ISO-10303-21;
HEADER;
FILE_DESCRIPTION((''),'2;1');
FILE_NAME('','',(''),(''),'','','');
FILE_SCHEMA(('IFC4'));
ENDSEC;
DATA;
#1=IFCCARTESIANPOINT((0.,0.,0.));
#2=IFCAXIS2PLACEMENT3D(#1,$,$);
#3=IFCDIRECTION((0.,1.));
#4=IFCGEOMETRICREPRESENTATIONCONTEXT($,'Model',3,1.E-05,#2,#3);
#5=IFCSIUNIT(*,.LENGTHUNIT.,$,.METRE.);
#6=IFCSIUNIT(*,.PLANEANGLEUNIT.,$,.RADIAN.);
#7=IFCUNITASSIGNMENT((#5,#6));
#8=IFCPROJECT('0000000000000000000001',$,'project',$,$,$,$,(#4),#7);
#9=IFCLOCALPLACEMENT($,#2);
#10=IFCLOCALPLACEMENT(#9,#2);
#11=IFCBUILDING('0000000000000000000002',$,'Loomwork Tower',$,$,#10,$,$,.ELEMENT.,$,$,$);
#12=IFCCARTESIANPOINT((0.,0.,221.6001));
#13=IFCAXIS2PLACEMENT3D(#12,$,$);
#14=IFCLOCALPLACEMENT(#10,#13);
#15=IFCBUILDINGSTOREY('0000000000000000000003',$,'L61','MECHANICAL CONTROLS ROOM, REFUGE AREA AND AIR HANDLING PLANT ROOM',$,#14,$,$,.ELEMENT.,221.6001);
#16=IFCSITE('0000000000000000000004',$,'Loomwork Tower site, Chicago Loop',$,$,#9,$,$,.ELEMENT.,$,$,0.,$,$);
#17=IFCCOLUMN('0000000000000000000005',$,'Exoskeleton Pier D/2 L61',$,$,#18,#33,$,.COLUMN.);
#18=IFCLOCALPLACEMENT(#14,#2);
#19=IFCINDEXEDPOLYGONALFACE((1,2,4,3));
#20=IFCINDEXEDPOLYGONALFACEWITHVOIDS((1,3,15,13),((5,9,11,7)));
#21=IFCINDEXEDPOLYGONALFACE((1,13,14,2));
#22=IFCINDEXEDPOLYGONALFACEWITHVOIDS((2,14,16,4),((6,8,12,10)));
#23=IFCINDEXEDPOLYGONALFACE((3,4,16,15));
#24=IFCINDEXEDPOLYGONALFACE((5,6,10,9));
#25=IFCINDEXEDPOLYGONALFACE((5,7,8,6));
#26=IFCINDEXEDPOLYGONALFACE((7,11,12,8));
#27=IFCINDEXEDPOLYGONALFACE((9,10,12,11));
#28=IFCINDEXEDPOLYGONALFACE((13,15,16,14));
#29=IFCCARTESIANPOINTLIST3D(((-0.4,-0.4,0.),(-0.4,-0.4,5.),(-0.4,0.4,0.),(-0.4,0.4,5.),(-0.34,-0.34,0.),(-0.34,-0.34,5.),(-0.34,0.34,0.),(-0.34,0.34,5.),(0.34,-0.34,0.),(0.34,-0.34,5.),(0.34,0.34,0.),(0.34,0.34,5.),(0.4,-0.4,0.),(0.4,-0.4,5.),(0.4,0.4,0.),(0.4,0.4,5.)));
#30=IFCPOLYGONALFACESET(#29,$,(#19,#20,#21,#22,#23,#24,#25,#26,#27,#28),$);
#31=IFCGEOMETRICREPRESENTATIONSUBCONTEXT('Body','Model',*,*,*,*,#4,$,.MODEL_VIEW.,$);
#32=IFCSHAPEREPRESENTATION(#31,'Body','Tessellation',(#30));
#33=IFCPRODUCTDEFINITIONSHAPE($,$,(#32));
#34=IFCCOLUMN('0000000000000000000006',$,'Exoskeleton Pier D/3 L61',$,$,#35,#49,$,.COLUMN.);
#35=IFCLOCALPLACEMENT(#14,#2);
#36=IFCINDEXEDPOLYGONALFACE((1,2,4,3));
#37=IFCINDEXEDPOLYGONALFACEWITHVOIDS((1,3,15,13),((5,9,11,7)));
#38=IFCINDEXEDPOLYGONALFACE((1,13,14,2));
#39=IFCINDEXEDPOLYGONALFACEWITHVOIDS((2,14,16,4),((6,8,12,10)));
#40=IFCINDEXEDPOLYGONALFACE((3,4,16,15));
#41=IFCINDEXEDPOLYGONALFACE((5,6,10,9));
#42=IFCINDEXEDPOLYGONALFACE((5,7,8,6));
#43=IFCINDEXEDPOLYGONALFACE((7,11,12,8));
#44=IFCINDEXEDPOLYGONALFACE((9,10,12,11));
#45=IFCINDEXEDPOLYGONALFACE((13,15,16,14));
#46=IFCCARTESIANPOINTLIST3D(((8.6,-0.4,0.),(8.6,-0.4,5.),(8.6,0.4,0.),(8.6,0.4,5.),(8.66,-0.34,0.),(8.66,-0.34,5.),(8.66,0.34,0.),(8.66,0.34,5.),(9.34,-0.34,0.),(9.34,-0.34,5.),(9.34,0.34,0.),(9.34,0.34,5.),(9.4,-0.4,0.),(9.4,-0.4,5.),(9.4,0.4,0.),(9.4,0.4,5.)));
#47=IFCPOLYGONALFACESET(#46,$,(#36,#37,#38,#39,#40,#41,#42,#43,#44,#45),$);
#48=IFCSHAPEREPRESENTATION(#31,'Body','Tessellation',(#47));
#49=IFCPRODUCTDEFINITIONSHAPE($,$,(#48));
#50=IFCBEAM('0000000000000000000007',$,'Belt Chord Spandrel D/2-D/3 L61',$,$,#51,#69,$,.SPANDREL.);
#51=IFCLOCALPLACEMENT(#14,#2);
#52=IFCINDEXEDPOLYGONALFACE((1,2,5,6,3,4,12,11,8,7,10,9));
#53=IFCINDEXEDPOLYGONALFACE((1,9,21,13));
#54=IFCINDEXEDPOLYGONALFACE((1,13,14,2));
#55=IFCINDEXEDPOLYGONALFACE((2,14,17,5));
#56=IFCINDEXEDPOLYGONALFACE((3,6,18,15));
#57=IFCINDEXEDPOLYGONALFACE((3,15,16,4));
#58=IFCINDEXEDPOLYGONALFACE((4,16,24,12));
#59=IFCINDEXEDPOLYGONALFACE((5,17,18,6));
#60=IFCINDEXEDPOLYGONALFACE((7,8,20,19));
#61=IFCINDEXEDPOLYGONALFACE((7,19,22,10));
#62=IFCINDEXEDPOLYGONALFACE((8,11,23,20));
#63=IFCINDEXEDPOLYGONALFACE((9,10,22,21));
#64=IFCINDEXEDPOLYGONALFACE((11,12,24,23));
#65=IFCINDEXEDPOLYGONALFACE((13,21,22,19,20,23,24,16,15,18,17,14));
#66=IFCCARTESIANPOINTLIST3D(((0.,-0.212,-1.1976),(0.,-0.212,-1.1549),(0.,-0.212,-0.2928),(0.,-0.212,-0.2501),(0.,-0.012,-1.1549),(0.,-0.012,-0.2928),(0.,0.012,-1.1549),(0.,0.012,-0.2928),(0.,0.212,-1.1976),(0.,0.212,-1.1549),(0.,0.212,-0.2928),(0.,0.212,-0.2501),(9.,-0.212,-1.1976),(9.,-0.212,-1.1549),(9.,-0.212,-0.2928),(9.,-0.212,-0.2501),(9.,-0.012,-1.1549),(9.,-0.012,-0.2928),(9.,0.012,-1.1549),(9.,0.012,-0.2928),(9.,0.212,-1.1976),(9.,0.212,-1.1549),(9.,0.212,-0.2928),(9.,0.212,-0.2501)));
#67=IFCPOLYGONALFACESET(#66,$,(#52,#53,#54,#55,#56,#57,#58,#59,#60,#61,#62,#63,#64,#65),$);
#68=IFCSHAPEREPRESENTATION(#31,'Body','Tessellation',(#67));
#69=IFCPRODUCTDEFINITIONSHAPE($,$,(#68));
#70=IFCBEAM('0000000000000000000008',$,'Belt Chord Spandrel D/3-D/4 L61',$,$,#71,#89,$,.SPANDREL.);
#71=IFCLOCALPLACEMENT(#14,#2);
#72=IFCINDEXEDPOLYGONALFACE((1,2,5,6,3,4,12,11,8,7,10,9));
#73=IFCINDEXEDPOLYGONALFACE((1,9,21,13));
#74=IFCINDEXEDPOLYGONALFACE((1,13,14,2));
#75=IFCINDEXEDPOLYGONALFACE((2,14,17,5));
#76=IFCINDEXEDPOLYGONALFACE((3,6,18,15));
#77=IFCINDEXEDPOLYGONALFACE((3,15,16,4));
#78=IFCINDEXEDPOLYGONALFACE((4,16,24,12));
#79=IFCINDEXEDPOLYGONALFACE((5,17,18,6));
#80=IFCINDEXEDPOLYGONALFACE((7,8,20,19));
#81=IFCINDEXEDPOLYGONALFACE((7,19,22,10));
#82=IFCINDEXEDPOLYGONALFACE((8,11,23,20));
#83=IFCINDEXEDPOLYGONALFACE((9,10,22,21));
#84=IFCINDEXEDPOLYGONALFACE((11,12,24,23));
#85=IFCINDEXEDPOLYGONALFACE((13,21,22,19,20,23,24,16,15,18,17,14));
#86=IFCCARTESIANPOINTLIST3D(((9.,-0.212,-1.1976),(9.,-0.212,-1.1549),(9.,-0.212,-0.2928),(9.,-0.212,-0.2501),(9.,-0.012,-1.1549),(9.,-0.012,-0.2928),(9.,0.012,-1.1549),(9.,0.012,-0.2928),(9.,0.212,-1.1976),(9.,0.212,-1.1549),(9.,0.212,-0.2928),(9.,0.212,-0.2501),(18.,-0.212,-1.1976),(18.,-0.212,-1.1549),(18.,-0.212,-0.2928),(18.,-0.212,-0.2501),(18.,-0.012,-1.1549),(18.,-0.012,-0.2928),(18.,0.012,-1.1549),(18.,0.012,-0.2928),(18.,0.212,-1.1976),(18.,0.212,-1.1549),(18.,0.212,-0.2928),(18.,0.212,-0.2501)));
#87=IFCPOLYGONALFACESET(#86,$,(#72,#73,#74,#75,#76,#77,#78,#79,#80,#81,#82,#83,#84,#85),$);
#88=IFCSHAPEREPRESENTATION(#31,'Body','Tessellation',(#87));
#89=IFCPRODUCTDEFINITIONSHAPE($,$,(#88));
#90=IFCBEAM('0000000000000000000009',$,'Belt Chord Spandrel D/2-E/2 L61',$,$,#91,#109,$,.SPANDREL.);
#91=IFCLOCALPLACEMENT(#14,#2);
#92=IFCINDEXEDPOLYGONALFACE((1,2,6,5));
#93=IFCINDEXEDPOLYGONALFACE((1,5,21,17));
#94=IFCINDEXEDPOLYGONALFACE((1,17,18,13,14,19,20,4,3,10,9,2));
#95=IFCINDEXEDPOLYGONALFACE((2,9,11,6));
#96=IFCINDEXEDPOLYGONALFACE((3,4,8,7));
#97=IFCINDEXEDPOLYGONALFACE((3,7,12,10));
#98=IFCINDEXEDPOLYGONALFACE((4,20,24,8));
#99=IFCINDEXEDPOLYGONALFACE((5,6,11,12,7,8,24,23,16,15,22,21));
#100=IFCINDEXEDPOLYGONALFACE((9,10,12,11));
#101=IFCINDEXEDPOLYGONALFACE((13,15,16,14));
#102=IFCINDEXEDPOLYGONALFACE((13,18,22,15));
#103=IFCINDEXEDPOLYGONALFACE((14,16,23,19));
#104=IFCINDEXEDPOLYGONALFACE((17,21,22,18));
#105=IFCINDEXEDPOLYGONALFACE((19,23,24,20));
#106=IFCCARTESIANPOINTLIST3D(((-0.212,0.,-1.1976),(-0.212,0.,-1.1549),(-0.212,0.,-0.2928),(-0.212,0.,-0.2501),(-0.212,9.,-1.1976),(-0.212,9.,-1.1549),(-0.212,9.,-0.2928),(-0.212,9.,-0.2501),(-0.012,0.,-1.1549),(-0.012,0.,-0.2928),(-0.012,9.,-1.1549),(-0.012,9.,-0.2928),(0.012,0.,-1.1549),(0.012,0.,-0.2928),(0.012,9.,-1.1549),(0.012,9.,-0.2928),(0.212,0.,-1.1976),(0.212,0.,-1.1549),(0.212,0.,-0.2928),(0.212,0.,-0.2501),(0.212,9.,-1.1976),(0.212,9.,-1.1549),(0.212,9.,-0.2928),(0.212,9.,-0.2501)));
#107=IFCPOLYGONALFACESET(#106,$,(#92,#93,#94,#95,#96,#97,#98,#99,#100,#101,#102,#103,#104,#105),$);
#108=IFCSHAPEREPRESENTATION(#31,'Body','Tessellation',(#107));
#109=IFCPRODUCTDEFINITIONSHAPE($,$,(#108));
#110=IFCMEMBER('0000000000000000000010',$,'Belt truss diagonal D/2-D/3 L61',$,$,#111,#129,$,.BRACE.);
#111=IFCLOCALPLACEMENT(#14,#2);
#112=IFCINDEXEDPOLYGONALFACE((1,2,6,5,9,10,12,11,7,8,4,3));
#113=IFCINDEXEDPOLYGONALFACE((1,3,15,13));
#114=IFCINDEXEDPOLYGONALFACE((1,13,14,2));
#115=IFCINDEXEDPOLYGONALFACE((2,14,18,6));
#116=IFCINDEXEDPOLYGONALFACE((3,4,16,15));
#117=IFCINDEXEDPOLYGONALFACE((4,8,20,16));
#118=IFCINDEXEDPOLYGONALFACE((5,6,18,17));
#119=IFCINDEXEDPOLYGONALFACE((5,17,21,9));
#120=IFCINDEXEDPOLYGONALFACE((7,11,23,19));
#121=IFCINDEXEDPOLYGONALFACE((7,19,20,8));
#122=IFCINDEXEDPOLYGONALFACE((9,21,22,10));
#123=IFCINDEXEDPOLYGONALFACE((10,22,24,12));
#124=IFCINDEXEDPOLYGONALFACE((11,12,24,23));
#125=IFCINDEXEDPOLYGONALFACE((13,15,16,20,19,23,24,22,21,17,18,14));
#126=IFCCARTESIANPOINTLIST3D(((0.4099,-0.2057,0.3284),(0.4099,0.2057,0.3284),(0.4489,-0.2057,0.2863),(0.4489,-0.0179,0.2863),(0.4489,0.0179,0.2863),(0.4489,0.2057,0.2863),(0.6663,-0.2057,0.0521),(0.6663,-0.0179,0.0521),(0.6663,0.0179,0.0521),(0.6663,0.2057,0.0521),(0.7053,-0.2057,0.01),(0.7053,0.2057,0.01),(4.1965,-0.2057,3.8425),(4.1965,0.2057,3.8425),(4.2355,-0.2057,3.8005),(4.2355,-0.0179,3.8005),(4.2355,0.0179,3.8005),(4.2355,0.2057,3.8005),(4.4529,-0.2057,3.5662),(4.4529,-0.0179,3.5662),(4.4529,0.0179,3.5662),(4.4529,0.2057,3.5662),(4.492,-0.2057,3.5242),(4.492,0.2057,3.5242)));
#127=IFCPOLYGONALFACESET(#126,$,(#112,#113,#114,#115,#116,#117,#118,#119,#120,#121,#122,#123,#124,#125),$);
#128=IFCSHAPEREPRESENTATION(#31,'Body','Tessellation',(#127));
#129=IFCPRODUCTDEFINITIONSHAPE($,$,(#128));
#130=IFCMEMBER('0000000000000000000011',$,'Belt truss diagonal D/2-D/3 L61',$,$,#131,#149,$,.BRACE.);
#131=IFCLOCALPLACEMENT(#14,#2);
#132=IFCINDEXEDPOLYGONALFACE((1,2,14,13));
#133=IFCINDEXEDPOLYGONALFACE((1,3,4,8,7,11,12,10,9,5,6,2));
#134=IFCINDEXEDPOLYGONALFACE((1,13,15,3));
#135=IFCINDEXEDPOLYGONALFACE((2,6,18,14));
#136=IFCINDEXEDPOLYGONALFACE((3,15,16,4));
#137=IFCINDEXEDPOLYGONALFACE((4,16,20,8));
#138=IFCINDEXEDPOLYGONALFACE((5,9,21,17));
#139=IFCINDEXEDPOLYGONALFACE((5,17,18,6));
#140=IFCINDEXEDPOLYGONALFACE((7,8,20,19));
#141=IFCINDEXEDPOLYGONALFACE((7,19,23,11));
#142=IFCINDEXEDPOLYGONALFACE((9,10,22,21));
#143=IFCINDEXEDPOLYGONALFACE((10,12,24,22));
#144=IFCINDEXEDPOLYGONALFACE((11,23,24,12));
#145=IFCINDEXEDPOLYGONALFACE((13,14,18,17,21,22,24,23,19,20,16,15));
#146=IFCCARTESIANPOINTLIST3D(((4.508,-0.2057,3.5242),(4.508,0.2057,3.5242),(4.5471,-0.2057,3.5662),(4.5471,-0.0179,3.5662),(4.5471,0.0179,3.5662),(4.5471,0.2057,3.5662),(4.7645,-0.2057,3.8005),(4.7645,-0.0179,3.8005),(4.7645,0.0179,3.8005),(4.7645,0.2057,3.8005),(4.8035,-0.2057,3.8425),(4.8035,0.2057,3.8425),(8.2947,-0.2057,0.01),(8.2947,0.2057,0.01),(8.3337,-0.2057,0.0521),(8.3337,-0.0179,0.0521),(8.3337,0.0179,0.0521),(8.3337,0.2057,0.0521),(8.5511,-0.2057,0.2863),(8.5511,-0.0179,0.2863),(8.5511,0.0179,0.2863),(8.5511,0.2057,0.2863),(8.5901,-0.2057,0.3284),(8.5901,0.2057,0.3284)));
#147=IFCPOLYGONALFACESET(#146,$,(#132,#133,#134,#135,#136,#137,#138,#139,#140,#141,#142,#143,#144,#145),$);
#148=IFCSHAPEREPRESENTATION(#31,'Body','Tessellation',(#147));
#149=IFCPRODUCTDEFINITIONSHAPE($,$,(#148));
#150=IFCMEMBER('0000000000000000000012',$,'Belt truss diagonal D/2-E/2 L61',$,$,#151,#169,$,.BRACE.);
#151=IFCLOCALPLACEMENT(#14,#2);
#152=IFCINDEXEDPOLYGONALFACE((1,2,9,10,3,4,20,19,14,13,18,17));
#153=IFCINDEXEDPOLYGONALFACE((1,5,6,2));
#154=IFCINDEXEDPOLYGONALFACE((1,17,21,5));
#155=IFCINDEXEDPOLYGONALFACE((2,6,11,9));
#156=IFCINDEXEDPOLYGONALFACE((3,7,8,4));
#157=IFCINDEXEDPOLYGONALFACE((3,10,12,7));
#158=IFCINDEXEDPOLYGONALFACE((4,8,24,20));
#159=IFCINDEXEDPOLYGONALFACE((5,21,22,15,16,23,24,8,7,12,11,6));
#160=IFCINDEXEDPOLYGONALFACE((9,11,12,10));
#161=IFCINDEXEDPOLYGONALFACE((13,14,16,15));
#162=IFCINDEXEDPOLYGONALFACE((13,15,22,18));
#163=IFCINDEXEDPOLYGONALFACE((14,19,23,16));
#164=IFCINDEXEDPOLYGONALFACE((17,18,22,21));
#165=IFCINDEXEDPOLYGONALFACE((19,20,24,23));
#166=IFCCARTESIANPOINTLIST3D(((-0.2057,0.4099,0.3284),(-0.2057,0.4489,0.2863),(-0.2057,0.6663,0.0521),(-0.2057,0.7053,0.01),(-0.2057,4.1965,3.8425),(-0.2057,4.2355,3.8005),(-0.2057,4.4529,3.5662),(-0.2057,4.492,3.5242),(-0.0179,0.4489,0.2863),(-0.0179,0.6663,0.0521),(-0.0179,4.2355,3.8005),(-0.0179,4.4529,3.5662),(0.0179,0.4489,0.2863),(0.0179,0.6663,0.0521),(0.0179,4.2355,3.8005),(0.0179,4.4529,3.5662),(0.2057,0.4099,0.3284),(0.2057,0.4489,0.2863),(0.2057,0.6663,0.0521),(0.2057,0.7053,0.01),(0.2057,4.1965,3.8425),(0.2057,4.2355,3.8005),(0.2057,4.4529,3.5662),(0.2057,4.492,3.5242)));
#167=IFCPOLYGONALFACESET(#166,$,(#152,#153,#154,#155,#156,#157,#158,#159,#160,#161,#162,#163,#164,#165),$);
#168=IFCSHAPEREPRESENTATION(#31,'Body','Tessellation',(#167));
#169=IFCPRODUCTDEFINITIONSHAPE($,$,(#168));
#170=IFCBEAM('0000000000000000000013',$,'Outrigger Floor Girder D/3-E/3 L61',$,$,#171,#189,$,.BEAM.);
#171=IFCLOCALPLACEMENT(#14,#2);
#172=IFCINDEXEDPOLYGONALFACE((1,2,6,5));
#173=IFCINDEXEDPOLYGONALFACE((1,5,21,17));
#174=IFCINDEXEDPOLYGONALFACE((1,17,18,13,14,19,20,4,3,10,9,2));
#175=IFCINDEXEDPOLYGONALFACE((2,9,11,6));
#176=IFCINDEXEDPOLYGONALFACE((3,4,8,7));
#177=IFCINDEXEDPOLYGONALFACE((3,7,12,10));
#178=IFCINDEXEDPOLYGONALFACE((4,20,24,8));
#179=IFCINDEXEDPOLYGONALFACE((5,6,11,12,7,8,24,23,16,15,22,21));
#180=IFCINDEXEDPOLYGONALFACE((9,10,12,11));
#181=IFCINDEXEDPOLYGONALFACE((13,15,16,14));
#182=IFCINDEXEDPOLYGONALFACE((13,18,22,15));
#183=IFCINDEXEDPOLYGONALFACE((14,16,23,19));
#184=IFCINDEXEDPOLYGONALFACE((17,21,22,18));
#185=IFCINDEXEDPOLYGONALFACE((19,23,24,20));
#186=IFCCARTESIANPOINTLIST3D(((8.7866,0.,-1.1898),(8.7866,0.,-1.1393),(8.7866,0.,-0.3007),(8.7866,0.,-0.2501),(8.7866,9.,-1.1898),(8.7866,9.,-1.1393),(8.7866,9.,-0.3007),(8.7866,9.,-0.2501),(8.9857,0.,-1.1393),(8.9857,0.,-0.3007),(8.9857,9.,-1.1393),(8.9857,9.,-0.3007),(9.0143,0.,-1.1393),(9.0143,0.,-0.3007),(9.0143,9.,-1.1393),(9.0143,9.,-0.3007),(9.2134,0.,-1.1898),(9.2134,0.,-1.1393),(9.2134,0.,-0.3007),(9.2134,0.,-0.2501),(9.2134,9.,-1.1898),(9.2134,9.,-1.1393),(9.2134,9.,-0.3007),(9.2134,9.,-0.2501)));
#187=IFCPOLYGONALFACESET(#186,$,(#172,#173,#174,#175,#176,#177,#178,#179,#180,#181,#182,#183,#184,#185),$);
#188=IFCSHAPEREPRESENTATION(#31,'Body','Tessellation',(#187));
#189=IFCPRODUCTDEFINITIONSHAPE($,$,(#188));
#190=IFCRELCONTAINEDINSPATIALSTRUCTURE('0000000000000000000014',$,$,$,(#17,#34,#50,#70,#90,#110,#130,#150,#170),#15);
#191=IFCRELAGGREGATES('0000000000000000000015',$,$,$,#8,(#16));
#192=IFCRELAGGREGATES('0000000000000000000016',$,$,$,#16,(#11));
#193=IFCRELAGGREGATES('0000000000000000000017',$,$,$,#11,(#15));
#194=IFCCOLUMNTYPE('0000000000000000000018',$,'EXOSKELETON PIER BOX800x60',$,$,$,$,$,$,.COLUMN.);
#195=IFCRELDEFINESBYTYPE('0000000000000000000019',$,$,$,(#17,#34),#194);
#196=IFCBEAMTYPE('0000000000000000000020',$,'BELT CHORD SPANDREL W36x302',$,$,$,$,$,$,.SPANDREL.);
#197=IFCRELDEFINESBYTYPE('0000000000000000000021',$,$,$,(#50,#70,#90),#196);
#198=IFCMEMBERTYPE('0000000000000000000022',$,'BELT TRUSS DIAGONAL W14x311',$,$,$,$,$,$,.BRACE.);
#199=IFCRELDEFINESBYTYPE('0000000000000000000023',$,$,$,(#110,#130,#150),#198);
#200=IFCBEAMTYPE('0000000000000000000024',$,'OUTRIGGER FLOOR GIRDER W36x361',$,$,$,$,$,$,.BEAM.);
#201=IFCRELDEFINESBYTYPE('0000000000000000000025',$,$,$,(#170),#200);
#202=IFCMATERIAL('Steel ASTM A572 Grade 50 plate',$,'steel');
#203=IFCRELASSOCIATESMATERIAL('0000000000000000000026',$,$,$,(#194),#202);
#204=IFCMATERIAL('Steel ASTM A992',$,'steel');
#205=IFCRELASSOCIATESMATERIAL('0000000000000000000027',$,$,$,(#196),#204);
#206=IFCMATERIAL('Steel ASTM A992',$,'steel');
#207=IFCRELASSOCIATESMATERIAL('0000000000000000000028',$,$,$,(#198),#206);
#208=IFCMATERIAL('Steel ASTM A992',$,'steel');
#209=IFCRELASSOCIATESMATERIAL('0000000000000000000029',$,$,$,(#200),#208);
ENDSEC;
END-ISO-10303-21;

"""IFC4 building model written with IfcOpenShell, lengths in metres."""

from ifc_helpers import new_model, si_unit, direction, frame, origin, origin_2d, place, context, subcontext, project, spatial, hollow_rectangle, i_section, extrude, material, material_profile, profile_set, type_object, element, save


model = new_model("IFC4")

# Units and contexts
model_context = context("Model", 3, precision=1e-05, world=origin(), true_north=direction((0.0, 1.0)))
body_context = subcontext(model_context, "Body", "Model", "MODEL_VIEW")
ifc_project = project(units=[si_unit("LENGTHUNIT", "METRE"), si_unit("PLANEANGLEUNIT", "RADIAN")], contexts=[model_context])

# Site, building, storey
site_placement = place(None, origin())
site = spatial("IfcSite", under=ifc_project, at=site_placement, Name="Loomwork Tower site, Chicago Loop", CompositionType="ELEMENT", RefElevation=0.0)
building_placement = place(site_placement, origin())
building = spatial("IfcBuilding", under=site, at=building_placement, Name="Loomwork Tower", CompositionType="ELEMENT")
storey_placement = place(building_placement, frame((0.0, 0.0, 221.6001)))
storey = spatial("IfcBuildingStorey", under=building, at=storey_placement, Name="L61", Description="MECHANICAL CONTROLS ROOM, REFUGE AREA AND AIR HANDLING PLANT ROOM", CompositionType="ELEMENT", Elevation=221.6001)

# Columns
ifc_material_1 = material(Name="Steel ASTM A572 Grade 50 plate", Category="steel")
ifc_material_profile_1 = material_profile(ifc_material_1, hollow_rectangle(XDim=0.8, YDim=0.8, WallThickness=0.0601, at=origin_2d()), Name="BOX800x60")
ifc_profile_set_1 = profile_set([ifc_material_profile_1], Name="Steel ASTM A572 Grade 50 plate")
column_type = type_object("IfcColumnType", Name="EXOSKELETON PIER BOX800x60", PredefinedType="COLUMN", material=ifc_profile_set_1)
for number, where, z_axis, x_axis, name in (
    (1, (0.0, 0.0, 0.0), (0.0, 0.0, 1.0), (1.0, 0.0, 0.0), "Exoskeleton Pier D/2 L61"),
    (2, (9.0, 0.0, 0.0), (0.0, 0.0, 1.0), (1.0, 0.0, 0.0), "Exoskeleton Pier D/3 L61"),
):
    element("IfcColumn", number, at=place(storey_placement, frame(where, z_axis=z_axis, x_axis=x_axis)), inside=storey, type_object=column_type, Name=name, PredefinedType="COLUMN", context=body_context, shape_type="SweptSolid", body=[
        extrude(hollow_rectangle(XDim=0.8, YDim=0.8, WallThickness=0.0601, at=origin_2d()), origin(), (0.0, 0.0, 1.0), 5.0),
    ])

# Beams
ifc_material_2 = material(Name="Steel ASTM A992", Category="steel")
ifc_material_profile_2 = material_profile(ifc_material_2, i_section(OverallWidth=0.4241, OverallDepth=0.9475, WebThickness=0.0239, FlangeThickness=0.0427, at=origin_2d()), Name="W36x302")
ifc_profile_set_2 = profile_set([ifc_material_profile_2], Name="Steel ASTM A992")
beam_type_1 = type_object("IfcBeamType", Name="BELT CHORD SPANDREL W36x302", PredefinedType="SPANDREL", material=ifc_profile_set_2)
for number, where, z_axis, x_axis, name in (
    (3, (0.0, 0.0, -0.7239), (1.0, 0.0, 0.0), (0.0, 1.0, 0.0), "Belt Chord Spandrel D/2-D/3 L61"),
    (4, (9.0, 0.0, -0.7239), (1.0, 0.0, 0.0), (0.0, 1.0, 0.0), "Belt Chord Spandrel D/3-D/4 L61"),
    (5, (0.0, 0.0, -0.7239), (0.0, 1.0, 0.0), (-1.0, 0.0, 0.0), "Belt Chord Spandrel D/2-E/2 L61"),
):
    element("IfcBeam", number, at=place(storey_placement, frame(where, z_axis=z_axis, x_axis=x_axis)), inside=storey, type_object=beam_type_1, Name=name, PredefinedType="SPANDREL", context=body_context, shape_type="SweptSolid", body=[
        extrude(i_section(OverallWidth=0.4241, OverallDepth=0.9475, WebThickness=0.0239, FlangeThickness=0.0427, at=origin_2d()), origin(), (0.0, 0.0, 1.0), 9.0),
    ])

# Members
ifc_material_3 = material(Name="Steel ASTM A992", Category="steel")
ifc_material_profile_3 = material_profile(ifc_material_3, i_section(OverallWidth=0.4114, OverallDepth=0.4343, WebThickness=0.0359, FlangeThickness=0.0574, at=origin_2d()), Name="W14x311")
ifc_profile_set_3 = profile_set([ifc_material_profile_3], Name="Steel ASTM A992")
member_type_1 = type_object("IfcMemberType", Name="BELT TRUSS DIAGONAL W14x311", PredefinedType="BRACE", material=ifc_profile_set_3)
for number, where, z_axis, x_axis, name in (
    (6, (0.5576, 0.0, 0.1692), (0.732985, 0.0, 0.680244), (0.0, 1.0, 0.0), "Belt truss diagonal D/2-D/3 L61"),
    (7, (8.4424, 0.0, 0.1692), (-0.732985, 0.0, 0.680244), (0.0, -1.0, 0.0), "Belt truss diagonal D/2-D/3 L61"),
    (8, (0.0, 0.5576, 0.1692), (0.0, 0.732985, 0.680244), (-1.0, 0.0, 0.0), "Belt truss diagonal D/2-E/2 L61"),
):
    element("IfcMember", number, at=place(storey_placement, frame(where, z_axis=z_axis, x_axis=x_axis)), inside=storey, type_object=member_type_1, Name=name, PredefinedType="BRACE", context=body_context, shape_type="SweptSolid", body=[
        extrude(i_section(OverallWidth=0.4114, OverallDepth=0.4343, WebThickness=0.0359, FlangeThickness=0.0574, at=origin_2d()), origin(), (0.0, 0.0, 1.0), 5.166),
    ])

# Beam
ifc_material_4 = material(Name="Steel ASTM A992", Category="steel")
ifc_material_profile_4 = material_profile(ifc_material_4, i_section(OverallWidth=0.4268, OverallDepth=0.9397, WebThickness=0.0286, FlangeThickness=0.0505, at=origin_2d()), Name="W36x361")
ifc_profile_set_4 = profile_set([ifc_material_profile_4], Name="Steel ASTM A992")
beam_type_2 = type_object("IfcBeamType", Name="OUTRIGGER FLOOR GIRDER W36x361", PredefinedType="BEAM", material=ifc_profile_set_4)
beam_placement = place(storey_placement, frame((9.0, 0.0, -0.72), z_axis=(0.0, 1.0, 0.0), x_axis=(-1.0, 0.0, 0.0)))
element("IfcBeam", 9, at=beam_placement, inside=storey, type_object=beam_type_2, Name="Outrigger Floor Girder D/3-E/3 L61", PredefinedType="BEAM", context=body_context, shape_type="SweptSolid", body=[
    extrude(i_section(OverallWidth=0.4268, OverallDepth=0.9397, WebThickness=0.0286, FlangeThickness=0.0505, at=origin_2d()), origin(), (0.0, 0.0, 1.0), 9.0),
])

save(model, "model.ifc")
